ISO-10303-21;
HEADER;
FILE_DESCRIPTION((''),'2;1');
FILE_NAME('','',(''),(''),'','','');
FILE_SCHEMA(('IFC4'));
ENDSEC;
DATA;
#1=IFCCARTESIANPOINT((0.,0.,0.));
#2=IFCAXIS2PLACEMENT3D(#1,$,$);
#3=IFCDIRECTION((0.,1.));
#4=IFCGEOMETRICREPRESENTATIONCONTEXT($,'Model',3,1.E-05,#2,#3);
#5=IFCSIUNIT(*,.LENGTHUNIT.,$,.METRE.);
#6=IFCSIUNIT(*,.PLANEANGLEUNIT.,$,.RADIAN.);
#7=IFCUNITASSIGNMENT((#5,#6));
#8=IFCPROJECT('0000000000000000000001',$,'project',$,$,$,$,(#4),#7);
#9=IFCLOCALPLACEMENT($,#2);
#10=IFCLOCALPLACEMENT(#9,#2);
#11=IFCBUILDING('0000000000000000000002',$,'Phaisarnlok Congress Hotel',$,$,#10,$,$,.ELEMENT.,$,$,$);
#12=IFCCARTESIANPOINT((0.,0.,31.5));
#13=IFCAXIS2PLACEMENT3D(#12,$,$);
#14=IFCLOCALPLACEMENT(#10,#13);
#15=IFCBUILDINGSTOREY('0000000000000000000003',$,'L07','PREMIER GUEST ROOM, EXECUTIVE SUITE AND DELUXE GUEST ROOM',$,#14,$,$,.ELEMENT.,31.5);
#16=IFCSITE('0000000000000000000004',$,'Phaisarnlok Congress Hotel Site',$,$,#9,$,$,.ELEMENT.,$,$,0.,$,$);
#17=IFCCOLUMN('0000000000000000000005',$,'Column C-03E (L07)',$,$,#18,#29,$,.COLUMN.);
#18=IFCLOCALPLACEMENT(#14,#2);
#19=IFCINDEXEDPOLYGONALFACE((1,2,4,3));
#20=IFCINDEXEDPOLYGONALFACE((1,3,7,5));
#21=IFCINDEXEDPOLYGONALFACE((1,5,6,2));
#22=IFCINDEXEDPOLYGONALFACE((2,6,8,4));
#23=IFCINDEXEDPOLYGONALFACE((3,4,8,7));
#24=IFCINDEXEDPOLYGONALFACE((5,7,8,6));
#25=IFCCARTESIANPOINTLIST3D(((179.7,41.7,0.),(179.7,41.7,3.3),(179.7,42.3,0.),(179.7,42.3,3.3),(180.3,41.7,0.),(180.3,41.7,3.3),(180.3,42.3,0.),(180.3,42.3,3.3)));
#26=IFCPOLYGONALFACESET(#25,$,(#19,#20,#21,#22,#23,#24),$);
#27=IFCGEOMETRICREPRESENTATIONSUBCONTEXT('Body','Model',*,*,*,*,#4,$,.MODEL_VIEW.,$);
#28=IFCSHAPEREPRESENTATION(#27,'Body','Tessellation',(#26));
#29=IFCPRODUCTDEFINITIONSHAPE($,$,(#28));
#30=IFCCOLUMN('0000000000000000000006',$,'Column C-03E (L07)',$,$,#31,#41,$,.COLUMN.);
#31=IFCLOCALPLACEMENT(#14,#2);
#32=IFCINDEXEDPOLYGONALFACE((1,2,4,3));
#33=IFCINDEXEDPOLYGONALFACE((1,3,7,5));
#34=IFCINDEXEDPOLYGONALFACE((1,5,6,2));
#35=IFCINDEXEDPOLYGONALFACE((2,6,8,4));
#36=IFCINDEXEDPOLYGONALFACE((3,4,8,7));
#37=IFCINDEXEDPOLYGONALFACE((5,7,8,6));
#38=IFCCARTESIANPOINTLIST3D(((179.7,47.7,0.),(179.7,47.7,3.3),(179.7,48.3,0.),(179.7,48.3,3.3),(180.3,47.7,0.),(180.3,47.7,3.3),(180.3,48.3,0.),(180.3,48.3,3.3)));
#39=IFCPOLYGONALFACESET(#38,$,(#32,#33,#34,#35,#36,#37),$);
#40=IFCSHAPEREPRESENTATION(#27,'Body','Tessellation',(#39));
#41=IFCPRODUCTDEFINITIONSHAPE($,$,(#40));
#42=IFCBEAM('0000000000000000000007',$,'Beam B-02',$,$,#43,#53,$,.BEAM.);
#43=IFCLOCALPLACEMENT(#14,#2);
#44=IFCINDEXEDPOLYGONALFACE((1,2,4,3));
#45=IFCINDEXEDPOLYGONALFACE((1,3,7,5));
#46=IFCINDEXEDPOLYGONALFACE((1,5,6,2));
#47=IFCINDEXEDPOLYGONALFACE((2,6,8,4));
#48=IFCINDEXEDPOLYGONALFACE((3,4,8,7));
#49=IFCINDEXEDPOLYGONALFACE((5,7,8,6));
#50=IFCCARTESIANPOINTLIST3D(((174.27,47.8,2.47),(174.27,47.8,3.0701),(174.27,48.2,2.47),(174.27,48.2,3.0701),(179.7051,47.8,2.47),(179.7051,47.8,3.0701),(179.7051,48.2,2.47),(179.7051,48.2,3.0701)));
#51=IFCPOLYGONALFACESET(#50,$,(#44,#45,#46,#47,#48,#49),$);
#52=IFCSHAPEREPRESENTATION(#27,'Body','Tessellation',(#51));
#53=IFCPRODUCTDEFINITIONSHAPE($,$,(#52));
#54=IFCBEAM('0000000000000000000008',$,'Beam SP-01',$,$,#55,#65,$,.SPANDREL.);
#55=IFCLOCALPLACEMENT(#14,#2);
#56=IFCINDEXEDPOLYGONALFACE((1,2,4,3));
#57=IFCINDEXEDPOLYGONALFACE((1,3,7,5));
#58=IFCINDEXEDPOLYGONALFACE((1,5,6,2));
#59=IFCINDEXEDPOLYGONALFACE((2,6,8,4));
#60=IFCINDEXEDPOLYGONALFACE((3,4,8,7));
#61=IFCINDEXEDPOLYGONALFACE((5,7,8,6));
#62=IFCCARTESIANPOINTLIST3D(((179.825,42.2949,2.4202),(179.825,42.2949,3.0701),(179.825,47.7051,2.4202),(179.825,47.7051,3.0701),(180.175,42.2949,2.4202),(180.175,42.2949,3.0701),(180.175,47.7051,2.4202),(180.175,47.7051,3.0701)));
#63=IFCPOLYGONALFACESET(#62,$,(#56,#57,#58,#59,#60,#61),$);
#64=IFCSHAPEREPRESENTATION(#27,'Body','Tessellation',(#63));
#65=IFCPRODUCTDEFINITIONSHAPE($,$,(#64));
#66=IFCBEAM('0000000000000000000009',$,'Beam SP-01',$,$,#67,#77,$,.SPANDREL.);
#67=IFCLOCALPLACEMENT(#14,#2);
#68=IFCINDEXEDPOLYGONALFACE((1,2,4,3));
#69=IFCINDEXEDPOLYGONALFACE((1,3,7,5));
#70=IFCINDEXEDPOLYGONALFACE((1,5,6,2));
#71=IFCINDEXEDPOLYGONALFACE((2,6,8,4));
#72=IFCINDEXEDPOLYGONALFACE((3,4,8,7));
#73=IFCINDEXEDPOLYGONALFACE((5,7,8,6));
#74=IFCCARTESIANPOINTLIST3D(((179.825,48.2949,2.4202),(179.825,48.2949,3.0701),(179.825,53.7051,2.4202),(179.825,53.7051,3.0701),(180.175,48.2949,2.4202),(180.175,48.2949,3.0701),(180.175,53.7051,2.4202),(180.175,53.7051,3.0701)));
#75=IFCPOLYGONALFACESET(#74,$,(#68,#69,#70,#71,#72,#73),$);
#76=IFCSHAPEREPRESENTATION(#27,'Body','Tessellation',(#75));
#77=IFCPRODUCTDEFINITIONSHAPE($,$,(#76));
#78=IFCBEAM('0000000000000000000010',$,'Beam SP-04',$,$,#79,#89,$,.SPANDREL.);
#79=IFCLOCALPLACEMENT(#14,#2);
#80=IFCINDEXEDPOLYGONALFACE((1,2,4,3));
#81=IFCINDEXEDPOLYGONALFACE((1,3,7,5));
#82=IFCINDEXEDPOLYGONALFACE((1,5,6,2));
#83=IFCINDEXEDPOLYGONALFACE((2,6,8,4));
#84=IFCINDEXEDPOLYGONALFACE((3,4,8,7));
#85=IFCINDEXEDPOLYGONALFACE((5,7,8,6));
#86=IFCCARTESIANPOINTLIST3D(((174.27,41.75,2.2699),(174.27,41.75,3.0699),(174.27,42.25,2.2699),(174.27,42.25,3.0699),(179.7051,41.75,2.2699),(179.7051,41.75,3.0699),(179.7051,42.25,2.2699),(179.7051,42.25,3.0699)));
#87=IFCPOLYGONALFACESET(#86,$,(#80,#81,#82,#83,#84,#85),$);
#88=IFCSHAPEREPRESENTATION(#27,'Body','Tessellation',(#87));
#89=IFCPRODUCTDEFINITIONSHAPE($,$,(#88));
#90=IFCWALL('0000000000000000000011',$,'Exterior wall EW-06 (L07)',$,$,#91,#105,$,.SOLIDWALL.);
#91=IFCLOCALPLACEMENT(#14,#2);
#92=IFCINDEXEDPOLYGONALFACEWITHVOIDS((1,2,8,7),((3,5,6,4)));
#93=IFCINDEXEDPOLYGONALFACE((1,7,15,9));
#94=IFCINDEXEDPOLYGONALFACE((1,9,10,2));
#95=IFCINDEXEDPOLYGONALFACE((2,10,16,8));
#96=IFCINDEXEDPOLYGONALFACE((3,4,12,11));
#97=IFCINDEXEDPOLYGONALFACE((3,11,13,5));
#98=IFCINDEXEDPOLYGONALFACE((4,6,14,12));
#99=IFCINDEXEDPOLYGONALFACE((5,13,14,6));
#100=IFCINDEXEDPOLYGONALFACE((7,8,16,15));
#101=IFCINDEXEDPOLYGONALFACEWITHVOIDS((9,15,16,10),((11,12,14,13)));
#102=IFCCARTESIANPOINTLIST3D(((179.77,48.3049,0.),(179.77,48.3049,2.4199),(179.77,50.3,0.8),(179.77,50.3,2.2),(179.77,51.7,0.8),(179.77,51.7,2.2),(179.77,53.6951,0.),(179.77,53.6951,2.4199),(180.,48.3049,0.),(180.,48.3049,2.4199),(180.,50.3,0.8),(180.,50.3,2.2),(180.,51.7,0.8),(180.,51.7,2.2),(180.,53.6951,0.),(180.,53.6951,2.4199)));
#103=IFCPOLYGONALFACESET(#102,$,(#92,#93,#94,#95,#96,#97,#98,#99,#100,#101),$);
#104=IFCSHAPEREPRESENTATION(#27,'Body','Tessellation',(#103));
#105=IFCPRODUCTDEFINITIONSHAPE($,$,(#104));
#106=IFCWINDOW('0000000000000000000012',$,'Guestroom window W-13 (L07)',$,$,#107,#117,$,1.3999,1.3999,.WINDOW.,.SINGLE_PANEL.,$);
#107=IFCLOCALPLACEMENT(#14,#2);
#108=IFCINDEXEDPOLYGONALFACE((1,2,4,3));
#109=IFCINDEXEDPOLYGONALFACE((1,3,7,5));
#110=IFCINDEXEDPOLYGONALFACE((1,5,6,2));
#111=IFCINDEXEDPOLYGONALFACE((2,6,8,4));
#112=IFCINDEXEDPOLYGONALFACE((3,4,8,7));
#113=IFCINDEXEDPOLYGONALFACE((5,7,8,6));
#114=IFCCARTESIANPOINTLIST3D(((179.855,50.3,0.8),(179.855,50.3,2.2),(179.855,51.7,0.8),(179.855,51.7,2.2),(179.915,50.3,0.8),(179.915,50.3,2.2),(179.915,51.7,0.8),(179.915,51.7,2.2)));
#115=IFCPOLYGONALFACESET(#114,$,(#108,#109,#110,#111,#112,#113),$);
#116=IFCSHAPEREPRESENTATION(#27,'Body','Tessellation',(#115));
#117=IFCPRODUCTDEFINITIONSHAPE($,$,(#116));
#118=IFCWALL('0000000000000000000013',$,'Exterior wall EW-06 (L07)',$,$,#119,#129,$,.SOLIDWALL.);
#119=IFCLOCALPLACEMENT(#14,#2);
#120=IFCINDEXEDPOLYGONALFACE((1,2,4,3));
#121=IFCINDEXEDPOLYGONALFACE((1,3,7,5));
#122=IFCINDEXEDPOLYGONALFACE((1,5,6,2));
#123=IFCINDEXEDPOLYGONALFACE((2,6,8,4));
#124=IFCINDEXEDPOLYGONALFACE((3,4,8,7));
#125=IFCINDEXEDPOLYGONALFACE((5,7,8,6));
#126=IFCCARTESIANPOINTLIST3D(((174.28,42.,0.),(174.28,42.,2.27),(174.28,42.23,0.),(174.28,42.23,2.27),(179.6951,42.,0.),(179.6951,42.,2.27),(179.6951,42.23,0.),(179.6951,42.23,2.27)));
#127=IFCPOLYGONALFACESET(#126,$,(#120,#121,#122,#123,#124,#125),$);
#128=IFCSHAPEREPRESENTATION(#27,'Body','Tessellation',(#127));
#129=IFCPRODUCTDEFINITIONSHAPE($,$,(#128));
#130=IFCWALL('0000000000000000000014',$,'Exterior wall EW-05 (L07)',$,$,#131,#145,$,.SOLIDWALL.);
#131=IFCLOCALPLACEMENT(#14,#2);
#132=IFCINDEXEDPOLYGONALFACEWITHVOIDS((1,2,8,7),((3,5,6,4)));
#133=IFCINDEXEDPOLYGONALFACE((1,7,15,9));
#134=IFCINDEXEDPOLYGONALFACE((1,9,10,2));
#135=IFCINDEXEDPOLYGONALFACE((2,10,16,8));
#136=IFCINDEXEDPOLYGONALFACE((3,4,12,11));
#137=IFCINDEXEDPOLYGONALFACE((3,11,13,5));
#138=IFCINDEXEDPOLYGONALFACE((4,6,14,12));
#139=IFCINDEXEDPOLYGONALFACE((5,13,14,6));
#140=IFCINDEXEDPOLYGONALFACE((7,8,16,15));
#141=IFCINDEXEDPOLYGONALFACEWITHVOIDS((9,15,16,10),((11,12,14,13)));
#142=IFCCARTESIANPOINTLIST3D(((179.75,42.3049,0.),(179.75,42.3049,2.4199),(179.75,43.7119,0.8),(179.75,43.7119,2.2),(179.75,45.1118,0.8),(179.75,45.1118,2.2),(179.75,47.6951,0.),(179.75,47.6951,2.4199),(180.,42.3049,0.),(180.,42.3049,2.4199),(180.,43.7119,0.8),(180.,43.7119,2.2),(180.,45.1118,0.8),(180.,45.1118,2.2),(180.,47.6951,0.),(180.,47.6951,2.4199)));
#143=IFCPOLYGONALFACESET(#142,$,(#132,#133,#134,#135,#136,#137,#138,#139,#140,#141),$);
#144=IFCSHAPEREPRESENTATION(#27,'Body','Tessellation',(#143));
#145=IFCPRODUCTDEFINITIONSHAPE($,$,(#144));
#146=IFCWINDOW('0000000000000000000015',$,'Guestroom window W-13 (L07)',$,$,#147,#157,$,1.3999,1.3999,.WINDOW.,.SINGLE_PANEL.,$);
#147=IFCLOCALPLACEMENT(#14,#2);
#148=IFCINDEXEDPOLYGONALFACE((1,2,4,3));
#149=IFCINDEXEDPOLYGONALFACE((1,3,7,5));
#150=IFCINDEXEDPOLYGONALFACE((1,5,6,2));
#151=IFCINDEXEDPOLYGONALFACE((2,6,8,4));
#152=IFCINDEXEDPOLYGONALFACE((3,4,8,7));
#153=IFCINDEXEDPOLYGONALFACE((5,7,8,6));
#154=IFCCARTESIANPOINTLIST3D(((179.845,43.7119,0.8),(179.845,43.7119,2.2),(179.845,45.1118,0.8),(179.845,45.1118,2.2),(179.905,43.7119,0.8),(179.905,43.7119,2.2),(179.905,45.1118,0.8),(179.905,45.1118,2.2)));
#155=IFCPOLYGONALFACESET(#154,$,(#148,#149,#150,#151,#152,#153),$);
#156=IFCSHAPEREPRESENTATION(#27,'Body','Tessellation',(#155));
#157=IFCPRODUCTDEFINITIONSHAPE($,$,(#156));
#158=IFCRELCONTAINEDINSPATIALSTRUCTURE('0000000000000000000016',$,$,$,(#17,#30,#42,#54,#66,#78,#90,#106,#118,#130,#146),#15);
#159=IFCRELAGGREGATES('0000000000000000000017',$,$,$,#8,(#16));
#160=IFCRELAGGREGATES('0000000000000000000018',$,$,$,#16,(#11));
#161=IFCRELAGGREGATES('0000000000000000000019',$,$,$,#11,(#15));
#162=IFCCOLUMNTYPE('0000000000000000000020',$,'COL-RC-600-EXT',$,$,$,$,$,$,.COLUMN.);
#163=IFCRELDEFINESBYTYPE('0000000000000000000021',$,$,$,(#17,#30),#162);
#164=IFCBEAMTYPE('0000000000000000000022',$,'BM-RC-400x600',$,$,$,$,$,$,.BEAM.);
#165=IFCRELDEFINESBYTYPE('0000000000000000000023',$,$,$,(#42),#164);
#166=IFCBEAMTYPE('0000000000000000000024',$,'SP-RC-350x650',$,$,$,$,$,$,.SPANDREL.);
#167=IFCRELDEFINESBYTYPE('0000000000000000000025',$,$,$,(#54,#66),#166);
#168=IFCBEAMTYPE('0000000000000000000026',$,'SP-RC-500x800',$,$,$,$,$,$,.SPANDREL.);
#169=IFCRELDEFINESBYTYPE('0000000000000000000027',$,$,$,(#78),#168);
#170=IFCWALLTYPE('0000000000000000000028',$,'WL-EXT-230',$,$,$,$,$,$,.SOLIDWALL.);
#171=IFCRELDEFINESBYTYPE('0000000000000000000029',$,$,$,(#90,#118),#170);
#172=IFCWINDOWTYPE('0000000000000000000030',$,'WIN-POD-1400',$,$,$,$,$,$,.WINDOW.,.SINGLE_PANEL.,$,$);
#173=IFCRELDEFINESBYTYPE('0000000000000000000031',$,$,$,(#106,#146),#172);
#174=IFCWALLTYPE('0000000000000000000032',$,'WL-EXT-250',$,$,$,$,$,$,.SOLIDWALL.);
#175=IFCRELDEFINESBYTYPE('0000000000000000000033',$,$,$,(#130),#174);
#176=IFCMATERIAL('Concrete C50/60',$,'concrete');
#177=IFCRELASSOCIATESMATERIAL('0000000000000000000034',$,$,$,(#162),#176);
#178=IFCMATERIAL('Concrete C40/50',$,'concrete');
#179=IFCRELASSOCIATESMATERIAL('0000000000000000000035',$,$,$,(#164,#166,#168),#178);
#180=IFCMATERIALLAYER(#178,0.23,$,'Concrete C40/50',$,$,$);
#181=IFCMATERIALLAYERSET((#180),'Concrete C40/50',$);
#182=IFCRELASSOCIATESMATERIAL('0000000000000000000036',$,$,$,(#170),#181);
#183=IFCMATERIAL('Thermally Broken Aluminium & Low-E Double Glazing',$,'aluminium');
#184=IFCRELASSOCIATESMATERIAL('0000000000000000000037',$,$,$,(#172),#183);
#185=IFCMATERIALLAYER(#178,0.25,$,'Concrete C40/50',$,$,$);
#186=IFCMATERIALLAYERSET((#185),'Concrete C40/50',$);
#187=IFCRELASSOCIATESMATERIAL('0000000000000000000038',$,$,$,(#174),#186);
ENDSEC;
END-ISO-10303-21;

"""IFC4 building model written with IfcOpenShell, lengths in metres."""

from ifc_helpers import new_model, si_unit, direction, frame, frame_2d, origin, origin_2d, place, context, subcontext, project, spatial, rectangle, extrude, material, layer, layer_set, material_profile, profile_set, type_object, element, fill, save


model = new_model("IFC4")

# Units and contexts
model_context = context("Model", 3, precision=1e-05, world=origin(), true_north=direction((0.0, 1.0)))
body_context = subcontext(model_context, "Body", "Model", "MODEL_VIEW")
ifc_project = project(units=[si_unit("LENGTHUNIT", "METRE"), si_unit("PLANEANGLEUNIT", "RADIAN")], contexts=[model_context])

# Site, building, storey
site_placement = place(None, origin())
site = spatial("IfcSite", under=ifc_project, at=site_placement, Name="Phaisarnlok Congress Hotel Site", CompositionType="ELEMENT", RefElevation=0.0)
building_placement = place(site_placement, origin())
building = spatial("IfcBuilding", under=site, at=building_placement, Name="Phaisarnlok Congress Hotel", CompositionType="ELEMENT")
storey_placement = place(building_placement, frame((0.0, 0.0, 31.5)))
storey = spatial("IfcBuildingStorey", under=building, at=storey_placement, Name="L07", Description="PREMIER GUEST ROOM, EXECUTIVE SUITE AND DELUXE GUEST ROOM", CompositionType="ELEMENT", Elevation=31.5)

# Columns
ifc_material_1 = material(Name="Concrete C50/60", Category="concrete")
ifc_material_profile_1 = material_profile(ifc_material_1, rectangle(XDim=0.6001, YDim=0.6001, at=origin_2d()), Name="RC 600x600")
ifc_profile_set_1 = profile_set([ifc_material_profile_1], Name="Concrete C50/60")
column_type = type_object("IfcColumnType", Name="COL-RC-600-EXT", PredefinedType="COLUMN", material=ifc_profile_set_1)
for number, where, z_axis, x_axis, name in (
    (1, (180.0, 42.0, 0.0), (0.0, 0.0, 1.0), (1.0, 0.0, 0.0), "Column C-03E (L07)"),
    (2, (180.0, 48.0, 0.0), (0.0, 0.0, 1.0), (1.0, 0.0, 0.0), "Column C-03E (L07)"),
):
    element("IfcColumn", number, at=place(storey_placement, frame(where, z_axis=z_axis, x_axis=x_axis)), inside=storey, type_object=column_type, Name=name, PredefinedType="COLUMN", context=body_context, shape_type="SweptSolid", body=[
        extrude(rectangle(XDim=0.6001, YDim=0.6001, at=origin_2d()), origin(), (0.0, 0.0, 1.0), 3.3),
    ])

# Beams
ifc_material_2 = material(Name="Concrete C40/50", Category="concrete")
ifc_material_profile_2 = material_profile(ifc_material_2, rectangle(XDim=0.3999, YDim=0.6001, at=origin_2d()), Name="RC 400x600")
ifc_profile_set_2 = profile_set([ifc_material_profile_2], Name="Concrete C40/50")
beam_type_1 = type_object("IfcBeamType", Name="BM-RC-400x600", PredefinedType="BEAM", material=ifc_profile_set_2)
beam_1_placement = place(storey_placement, frame((174.27, 48.0, 2.77), z_axis=(1.0, 0.0, 0.0), x_axis=(0.0, 1.0, 0.0)))
element("IfcBeam", 3, at=beam_1_placement, inside=storey, type_object=beam_type_1, Name="Beam B-02", PredefinedType="BEAM", context=body_context, shape_type="SweptSolid", body=[
    extrude(rectangle(XDim=0.3999, YDim=0.6001, at=origin_2d()), origin(), (0.0, 0.0, 1.0), 5.4351),
])
ifc_material_profile_3 = material_profile(ifc_material_2, rectangle(XDim=0.3501, YDim=0.6499, at=origin_2d()), Name="RC 350x650")
ifc_profile_set_3 = profile_set([ifc_material_profile_3], Name="Concrete C40/50")
beam_type_2 = type_object("IfcBeamType", Name="SP-RC-350x650", PredefinedType="SPANDREL", material=ifc_profile_set_3)
for number, where, z_axis, x_axis, name in (
    (4, (180.0, 42.2949, 2.7451), (0.0, 1.0, 0.0), (-1.0, 0.0, 0.0), "Beam SP-01"),
    (5, (180.0, 48.2949, 2.7451), (0.0, 1.0, 0.0), (-1.0, 0.0, 0.0), "Beam SP-01"),
):
    element("IfcBeam", number, at=place(storey_placement, frame(where, z_axis=z_axis, x_axis=x_axis)), inside=storey, type_object=beam_type_2, Name=name, PredefinedType="SPANDREL", context=body_context, shape_type="SweptSolid", body=[
        extrude(rectangle(XDim=0.3501, YDim=0.6499, at=origin_2d()), origin(), (0.0, 0.0, 1.0), 5.4102),
    ])
ifc_material_profile_4 = material_profile(ifc_material_2, rectangle(XDim=0.5, YDim=0.8, at=origin_2d()), Name="RC 500x800")
ifc_profile_set_4 = profile_set([ifc_material_profile_4], Name="Concrete C40/50")
beam_type_3 = type_object("IfcBeamType", Name="SP-RC-500x800", PredefinedType="SPANDREL", material=ifc_profile_set_4)
beam_2_placement = place(storey_placement, frame((174.27, 42.0, 2.6699), z_axis=(1.0, 0.0, 0.0), x_axis=(0.0, 1.0, 0.0)))
element("IfcBeam", 6, at=beam_2_placement, inside=storey, type_object=beam_type_3, Name="Beam SP-04", PredefinedType="SPANDREL", context=body_context, shape_type="SweptSolid", body=[
    extrude(rectangle(XDim=0.5, YDim=0.8, at=origin_2d()), origin(), (0.0, 0.0, 1.0), 5.4351),
])

# Wall, opening, window
ifc_layer_1 = layer(ifc_material_2, 0.23, Name="Concrete C40/50")
ifc_layer_set_1 = layer_set([ifc_layer_1], Name="Concrete C40/50")
wall_type_1 = type_object("IfcWallType", Name="WL-EXT-230", PredefinedType="SOLIDWALL", material=ifc_layer_set_1)
wall_1_placement = place(storey_placement, frame((179.885, 48.3049, 0.0), z_axis=(0.0, 0.0, 1.0), x_axis=(0.0, 1.0, 0.0)))
wall_1 = element("IfcWall", 7, at=wall_1_placement, inside=storey, type_object=wall_type_1, Name="Exterior wall EW-06 (L07)", PredefinedType="SOLIDWALL", context=body_context, shape_type="SweptSolid", body=[
    extrude(rectangle(XDim=5.3901, YDim=0.23, at=frame_2d((2.6951, 0.0))), origin(), (0.0, 0.0, 1.0), 2.4199),
])
opening_1_placement = place(wall_1_placement, frame((1.9951, 0.0, 0.8)))
opening_1 = element("IfcOpeningElement", 8, at=opening_1_placement, cuts=wall_1, PredefinedType="OPENING", context=body_context, shape_type="SweptSolid", body=[
    extrude(rectangle(XDim=1.3999, YDim=1.3999, at=frame_2d((0.7, 0.7))), frame((0.0, 0.125, 0.0), z_axis=(0.0, -1.0, 0.0), x_axis=(1.0, 0.0, 0.0)), (0.0, 0.0, 1.0), 0.25),
])
ifc_material_3 = material(Name="Thermally Broken Aluminium & Low-E Double Glazing", Category="aluminium")
window_type = type_object("IfcWindowType", Name="WIN-POD-1400", PartitioningType="SINGLE_PANEL", PredefinedType="WINDOW", material=ifc_material_3)
window_1_placement = place(opening_1_placement, origin())
window_1 = element("IfcWindow", 9, at=window_1_placement, inside=storey, type_object=window_type, Name="Guestroom window W-13 (L07)", OverallHeight=1.3999, OverallWidth=1.3999, PartitioningType="SINGLE_PANEL", PredefinedType="WINDOW", context=body_context, shape_type="SweptSolid", body=[
    extrude(rectangle(XDim=1.3999, YDim=1.3999, at=frame_2d((0.7, 0.7))), frame((0.0, 0.03, 0.0), z_axis=(0.0, -1.0, 0.0), x_axis=(1.0, 0.0, 0.0)), (0.0, 0.0, 1.0), 0.0601),
])
fill(opening_1, window_1)

# Wall
wall_2_placement = place(storey_placement, frame((174.28, 42.115, 0.0), z_axis=(0.0, 0.0, 1.0), x_axis=(1.0, 0.0, 0.0)))
element("IfcWall", 10, at=wall_2_placement, inside=storey, type_object=wall_type_1, Name="Exterior wall EW-06 (L07)", PredefinedType="SOLIDWALL", context=body_context, shape_type="SweptSolid", body=[
    extrude(rectangle(XDim=5.415, YDim=0.23, at=frame_2d((2.7075, 0.0))), origin(), (0.0, 0.0, 1.0), 2.27),
])

# Wall, opening, window
ifc_layer_2 = layer(ifc_material_2, 0.25, Name="Concrete C40/50")
ifc_layer_set_2 = layer_set([ifc_layer_2], Name="Concrete C40/50")
wall_type_2 = type_object("IfcWallType", Name="WL-EXT-250", PredefinedType="SOLIDWALL", material=ifc_layer_set_2)
wall_3_placement = place(storey_placement, frame((179.875, 42.3049, 0.0), z_axis=(0.0, 0.0, 1.0), x_axis=(0.0, 1.0, 0.0)))
wall_3 = element("IfcWall", 11, at=wall_3_placement, inside=storey, type_object=wall_type_2, Name="Exterior wall EW-05 (L07)", PredefinedType="SOLIDWALL", context=body_context, shape_type="SweptSolid", body=[
    extrude(rectangle(XDim=5.3901, YDim=0.25, at=frame_2d((2.6951, 0.0))), origin(), (0.0, 0.0, 1.0), 2.4199),
])
opening_2_placement = place(wall_3_placement, frame((1.407, 0.0, 0.8)))
opening_2 = element("IfcOpeningElement", 12, at=opening_2_placement, cuts=wall_3, PredefinedType="OPENING", context=body_context, shape_type="SweptSolid", body=[
    extrude(rectangle(XDim=1.3999, YDim=1.3999, at=frame_2d((0.7, 0.7))), frame((0.0, 0.135, 0.0), z_axis=(0.0, -1.0, 0.0), x_axis=(1.0, 0.0, 0.0)), (0.0, 0.0, 1.0), 0.27),
])
window_2_placement = place(opening_2_placement, origin())
window_2 = element("IfcWindow", 13, at=window_2_placement, inside=storey, type_object=window_type, Name="Guestroom window W-13 (L07)", OverallHeight=1.3999, OverallWidth=1.3999, PartitioningType="SINGLE_PANEL", PredefinedType="WINDOW", context=body_context, shape_type="SweptSolid", body=[
    extrude(rectangle(XDim=1.3999, YDim=1.3999, at=frame_2d((0.7, 0.7))), frame((0.0, 0.03, 0.0), z_axis=(0.0, -1.0, 0.0), x_axis=(1.0, 0.0, 0.0)), (0.0, 0.0, 1.0), 0.0601),
])
fill(opening_2, window_2)

save(model, "model.ifc")
